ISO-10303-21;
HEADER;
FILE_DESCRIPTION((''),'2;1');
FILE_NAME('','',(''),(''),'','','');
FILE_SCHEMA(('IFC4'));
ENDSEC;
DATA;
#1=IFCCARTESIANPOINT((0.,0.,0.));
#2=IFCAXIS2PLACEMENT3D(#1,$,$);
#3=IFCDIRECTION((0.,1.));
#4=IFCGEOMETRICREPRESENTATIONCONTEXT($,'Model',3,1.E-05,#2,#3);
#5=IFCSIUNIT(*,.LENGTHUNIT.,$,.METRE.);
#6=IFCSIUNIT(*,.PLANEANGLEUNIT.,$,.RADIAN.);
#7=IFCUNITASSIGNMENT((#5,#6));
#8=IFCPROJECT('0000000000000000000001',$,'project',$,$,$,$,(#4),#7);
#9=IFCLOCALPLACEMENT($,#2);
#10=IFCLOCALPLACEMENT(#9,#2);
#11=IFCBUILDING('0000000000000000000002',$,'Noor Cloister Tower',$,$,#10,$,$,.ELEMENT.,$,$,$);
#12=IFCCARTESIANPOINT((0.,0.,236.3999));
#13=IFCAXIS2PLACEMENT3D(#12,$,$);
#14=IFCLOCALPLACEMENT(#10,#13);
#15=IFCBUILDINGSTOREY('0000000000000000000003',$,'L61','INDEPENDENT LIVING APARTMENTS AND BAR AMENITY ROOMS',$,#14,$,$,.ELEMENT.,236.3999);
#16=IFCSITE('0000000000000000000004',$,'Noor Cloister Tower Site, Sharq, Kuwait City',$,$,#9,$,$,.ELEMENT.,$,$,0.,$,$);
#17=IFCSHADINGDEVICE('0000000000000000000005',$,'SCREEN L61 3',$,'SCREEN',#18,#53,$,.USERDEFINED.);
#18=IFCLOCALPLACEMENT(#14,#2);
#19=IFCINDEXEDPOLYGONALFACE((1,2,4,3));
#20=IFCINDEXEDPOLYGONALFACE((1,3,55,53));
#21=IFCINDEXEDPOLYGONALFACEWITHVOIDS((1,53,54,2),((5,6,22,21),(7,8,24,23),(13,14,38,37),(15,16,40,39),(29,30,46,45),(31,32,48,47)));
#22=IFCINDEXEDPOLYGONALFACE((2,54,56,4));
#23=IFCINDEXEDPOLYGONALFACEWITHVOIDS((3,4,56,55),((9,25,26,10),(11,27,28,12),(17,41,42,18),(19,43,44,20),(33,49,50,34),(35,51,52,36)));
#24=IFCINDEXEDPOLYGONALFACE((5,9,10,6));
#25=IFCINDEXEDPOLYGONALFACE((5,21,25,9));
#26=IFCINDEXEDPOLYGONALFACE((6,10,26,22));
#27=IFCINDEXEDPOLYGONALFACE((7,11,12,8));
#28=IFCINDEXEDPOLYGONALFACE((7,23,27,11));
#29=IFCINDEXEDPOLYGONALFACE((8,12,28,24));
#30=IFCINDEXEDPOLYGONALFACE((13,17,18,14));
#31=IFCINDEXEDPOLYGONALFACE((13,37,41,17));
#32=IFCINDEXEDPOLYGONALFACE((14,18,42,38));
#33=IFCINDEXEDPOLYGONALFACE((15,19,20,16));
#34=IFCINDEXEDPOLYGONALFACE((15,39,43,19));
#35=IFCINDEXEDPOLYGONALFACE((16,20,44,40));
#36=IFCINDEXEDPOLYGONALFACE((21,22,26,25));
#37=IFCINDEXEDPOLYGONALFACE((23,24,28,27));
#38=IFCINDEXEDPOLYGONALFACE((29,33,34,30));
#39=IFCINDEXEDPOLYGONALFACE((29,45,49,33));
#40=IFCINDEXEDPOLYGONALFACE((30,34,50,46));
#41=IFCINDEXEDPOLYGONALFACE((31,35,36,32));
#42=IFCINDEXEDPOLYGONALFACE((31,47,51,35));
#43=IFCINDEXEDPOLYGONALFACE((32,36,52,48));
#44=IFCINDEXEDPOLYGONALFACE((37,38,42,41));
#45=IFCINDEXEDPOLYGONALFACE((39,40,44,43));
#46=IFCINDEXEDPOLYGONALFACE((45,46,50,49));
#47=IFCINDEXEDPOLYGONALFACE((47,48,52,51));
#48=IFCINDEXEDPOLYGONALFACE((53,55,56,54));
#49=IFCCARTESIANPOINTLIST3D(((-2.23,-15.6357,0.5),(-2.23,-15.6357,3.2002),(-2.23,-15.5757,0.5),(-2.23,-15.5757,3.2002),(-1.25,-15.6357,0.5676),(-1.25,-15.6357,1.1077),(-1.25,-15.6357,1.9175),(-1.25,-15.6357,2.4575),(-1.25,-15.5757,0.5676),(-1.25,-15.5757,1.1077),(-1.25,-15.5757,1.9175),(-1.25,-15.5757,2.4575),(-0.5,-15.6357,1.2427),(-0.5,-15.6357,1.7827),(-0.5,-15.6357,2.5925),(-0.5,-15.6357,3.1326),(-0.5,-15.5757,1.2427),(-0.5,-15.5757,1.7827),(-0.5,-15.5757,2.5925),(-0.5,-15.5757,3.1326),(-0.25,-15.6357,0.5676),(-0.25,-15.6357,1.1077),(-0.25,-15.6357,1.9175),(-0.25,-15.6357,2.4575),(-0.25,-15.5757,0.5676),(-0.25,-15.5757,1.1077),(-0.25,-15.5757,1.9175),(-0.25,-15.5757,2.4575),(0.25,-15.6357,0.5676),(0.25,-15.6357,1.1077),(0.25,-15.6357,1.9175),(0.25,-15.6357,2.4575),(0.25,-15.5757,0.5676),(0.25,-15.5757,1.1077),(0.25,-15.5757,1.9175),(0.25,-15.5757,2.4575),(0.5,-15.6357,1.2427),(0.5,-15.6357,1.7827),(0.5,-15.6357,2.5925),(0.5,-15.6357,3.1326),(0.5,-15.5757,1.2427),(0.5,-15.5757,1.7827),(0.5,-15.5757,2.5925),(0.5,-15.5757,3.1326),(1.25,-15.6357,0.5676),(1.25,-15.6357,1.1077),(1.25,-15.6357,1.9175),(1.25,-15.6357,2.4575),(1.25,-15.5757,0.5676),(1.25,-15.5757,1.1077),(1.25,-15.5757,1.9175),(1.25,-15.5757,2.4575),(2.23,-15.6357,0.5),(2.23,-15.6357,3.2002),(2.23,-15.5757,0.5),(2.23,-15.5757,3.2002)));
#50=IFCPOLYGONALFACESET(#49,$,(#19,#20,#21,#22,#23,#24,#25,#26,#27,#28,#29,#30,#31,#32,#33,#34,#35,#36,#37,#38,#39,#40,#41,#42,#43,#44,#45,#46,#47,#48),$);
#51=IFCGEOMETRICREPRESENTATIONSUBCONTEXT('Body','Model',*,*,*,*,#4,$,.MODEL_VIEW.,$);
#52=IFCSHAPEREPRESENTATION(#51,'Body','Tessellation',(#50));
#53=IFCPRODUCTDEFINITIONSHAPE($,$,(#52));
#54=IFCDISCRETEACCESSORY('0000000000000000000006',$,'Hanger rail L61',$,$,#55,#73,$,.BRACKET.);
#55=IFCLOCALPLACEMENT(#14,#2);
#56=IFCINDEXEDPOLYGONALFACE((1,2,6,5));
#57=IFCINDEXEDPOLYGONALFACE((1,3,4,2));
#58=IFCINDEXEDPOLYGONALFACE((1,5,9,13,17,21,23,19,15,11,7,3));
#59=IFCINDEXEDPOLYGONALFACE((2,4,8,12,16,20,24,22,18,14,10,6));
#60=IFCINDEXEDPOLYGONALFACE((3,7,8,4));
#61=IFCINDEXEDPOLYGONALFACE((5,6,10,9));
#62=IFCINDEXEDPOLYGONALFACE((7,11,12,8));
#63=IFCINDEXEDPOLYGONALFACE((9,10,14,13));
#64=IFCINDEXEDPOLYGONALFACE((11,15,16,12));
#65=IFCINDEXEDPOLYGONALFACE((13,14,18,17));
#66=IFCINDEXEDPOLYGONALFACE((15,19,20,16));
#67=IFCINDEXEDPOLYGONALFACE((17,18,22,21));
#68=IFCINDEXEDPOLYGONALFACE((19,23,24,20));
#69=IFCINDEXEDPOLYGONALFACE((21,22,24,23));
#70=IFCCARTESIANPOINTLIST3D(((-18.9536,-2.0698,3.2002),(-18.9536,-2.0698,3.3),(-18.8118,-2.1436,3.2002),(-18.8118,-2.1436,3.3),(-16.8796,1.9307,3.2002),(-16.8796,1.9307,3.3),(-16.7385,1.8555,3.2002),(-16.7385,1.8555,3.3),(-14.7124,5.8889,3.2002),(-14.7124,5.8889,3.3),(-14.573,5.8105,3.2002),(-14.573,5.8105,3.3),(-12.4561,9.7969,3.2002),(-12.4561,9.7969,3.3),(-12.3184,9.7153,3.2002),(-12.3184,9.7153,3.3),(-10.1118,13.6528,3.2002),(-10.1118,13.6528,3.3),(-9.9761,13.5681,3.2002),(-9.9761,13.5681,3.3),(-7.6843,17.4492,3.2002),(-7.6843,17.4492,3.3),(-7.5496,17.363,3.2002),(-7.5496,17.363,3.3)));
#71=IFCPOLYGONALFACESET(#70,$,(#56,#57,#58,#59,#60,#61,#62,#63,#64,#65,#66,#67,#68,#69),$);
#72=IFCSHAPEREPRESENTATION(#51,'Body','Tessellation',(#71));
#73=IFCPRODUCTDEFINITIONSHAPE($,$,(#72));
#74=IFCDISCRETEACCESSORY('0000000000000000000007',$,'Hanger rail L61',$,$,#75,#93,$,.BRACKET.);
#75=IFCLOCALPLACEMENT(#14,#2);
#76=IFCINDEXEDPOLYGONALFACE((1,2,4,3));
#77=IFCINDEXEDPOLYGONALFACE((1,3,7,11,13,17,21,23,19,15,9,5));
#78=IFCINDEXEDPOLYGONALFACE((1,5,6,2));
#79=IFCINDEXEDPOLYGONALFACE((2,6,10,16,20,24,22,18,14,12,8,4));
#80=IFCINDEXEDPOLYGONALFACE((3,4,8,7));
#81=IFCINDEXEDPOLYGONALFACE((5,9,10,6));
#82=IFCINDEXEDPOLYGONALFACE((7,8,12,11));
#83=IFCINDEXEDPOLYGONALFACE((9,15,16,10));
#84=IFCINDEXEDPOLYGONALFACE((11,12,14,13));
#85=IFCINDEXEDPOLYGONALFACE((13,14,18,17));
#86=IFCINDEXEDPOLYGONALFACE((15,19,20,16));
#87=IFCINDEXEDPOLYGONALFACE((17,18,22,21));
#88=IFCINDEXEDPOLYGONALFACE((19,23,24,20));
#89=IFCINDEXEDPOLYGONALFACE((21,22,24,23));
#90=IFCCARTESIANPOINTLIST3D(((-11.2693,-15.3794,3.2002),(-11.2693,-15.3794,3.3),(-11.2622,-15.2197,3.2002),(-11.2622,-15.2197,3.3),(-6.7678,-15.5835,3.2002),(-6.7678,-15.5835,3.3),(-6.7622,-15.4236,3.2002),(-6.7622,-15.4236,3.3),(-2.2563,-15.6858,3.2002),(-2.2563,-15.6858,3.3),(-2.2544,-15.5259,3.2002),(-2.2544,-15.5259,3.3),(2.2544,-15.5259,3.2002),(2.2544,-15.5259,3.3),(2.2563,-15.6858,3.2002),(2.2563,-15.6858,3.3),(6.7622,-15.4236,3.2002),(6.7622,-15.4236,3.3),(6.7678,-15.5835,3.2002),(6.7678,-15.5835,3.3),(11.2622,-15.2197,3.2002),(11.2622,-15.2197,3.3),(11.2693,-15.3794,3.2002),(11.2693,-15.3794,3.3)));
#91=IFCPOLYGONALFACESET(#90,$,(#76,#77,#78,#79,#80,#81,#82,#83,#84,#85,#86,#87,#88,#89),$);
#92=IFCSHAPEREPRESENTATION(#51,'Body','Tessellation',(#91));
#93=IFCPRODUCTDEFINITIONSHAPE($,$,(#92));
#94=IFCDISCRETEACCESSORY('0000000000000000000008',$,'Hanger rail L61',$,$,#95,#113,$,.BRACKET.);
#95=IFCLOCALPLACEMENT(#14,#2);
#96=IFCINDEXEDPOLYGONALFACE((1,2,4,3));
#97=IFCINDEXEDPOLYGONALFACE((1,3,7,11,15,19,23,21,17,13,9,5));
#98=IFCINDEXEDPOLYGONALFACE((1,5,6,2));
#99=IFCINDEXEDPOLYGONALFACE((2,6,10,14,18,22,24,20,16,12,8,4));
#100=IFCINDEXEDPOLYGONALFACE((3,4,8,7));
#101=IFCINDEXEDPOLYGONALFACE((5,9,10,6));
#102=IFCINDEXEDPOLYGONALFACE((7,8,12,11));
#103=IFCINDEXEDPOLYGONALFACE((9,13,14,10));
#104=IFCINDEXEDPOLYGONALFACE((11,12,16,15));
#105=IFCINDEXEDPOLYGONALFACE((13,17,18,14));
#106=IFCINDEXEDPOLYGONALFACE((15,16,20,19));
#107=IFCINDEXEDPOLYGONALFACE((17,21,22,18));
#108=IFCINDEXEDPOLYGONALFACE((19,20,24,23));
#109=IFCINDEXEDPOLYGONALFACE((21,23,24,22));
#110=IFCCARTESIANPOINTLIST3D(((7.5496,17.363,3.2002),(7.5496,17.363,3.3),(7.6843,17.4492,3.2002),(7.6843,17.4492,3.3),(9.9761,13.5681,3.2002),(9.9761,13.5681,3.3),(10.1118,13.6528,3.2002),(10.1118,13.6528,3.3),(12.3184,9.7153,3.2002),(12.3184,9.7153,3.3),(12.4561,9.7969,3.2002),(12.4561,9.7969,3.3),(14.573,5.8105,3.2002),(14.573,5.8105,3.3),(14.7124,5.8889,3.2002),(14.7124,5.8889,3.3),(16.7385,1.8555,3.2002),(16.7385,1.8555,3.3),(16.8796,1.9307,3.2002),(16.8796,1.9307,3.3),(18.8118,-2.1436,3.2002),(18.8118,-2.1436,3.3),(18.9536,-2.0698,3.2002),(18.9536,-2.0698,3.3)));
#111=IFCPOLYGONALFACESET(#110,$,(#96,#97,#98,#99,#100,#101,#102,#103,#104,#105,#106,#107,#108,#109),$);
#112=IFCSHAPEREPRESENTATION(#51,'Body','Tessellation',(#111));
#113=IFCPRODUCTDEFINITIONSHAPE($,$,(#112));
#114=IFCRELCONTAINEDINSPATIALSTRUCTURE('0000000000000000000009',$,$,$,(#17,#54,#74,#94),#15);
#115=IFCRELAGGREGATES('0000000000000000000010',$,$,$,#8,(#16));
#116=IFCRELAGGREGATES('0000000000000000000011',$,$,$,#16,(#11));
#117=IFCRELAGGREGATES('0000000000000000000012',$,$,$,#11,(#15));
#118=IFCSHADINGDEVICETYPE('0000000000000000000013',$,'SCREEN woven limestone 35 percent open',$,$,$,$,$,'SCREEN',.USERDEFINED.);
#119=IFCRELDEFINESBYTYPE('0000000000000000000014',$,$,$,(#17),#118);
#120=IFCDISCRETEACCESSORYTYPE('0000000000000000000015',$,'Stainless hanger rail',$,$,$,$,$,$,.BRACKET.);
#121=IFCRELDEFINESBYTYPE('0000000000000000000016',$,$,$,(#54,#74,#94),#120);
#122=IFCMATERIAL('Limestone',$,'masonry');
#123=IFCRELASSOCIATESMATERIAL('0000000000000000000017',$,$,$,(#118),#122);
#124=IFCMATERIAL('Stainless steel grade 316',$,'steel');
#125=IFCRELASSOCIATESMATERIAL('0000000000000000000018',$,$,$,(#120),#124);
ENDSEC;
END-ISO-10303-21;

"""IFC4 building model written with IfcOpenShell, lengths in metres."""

from ifc_helpers import new_model, si_unit, direction, frame, origin, place, context, subcontext, project, spatial, polyline, outline, extrude, material, material_profile, profile_set, type_object, element, save


model = new_model("IFC4")

# Units and contexts
model_context = context("Model", 3, precision=1e-05, world=origin(), true_north=direction((0.0, 1.0)))
body_context = subcontext(model_context, "Body", "Model", "MODEL_VIEW")
ifc_project = project(units=[si_unit("LENGTHUNIT", "METRE"), si_unit("PLANEANGLEUNIT", "RADIAN")], contexts=[model_context])

# Site, building, storey
site_placement = place(None, origin())
site = spatial("IfcSite", under=ifc_project, at=site_placement, Name="Noor Cloister Tower Site, Sharq, Kuwait City", CompositionType="ELEMENT", RefElevation=0.0)
building_placement = place(site_placement, origin())
building = spatial("IfcBuilding", under=site, at=building_placement, Name="Noor Cloister Tower", CompositionType="ELEMENT")
storey_placement = place(building_placement, frame((0.0, 0.0, 236.3999)))
storey = spatial("IfcBuildingStorey", under=building, at=storey_placement, Name="L61", Description="INDEPENDENT LIVING APARTMENTS AND BAR AMENITY ROOMS", CompositionType="ELEMENT", Elevation=236.3999)

# Shading device
ifc_material_1 = material(Name="Limestone", Category="masonry")
ifc_material_profile_1 = material_profile(ifc_material_1, outline(polyline([(-2.23, -1.3501), (2.23, -1.3501), (2.23, 1.3501), (-2.23, 1.3501), (-2.23, -1.3501)]), holes=[polyline([(-1.25, -1.2825), (-0.25, -1.2825), (-0.25, -0.7424), (-1.25, -0.7424), (-1.25, -1.2825)]), polyline([(0.25, -1.2825), (1.25, -1.2825), (1.25, -0.7424), (0.25, -0.7424), (0.25, -1.2825)]), polyline([(-0.5, -0.6074), (0.5, -0.6074), (0.5, -0.0674), (-0.5, -0.0674), (-0.5, -0.6074)]), polyline([(-1.25, 0.0674), (-0.25, 0.0674), (-0.25, 0.6074), (-1.25, 0.6074), (-1.25, 0.0674)]), polyline([(0.25, 0.0674), (1.25, 0.0674), (1.25, 0.6074), (0.25, 0.6074), (0.25, 0.0674)]), polyline([(-0.5, 0.7424), (0.5, 0.7424), (0.5, 1.2825), (-0.5, 1.2825), (-0.5, 0.7424)])]), Name="Woven screen 35 percent open")
ifc_profile_set_1 = profile_set([ifc_material_profile_1], Name="Limestone")
shading_device_type = type_object("IfcShadingDeviceType", Name="SCREEN woven limestone 35 percent open", ElementType="SCREEN", PredefinedType="USERDEFINED", material=ifc_profile_set_1)
for number, where, z_axis, x_axis, name in (
    (1, (0.0, -15.5757, 1.8501), (0.0, -1.0, 0.0), (1.0, 0.0, 0.0), "SCREEN L61 3"),
):
    element("IfcShadingDevice", number, at=place(storey_placement, frame(where, z_axis=z_axis, x_axis=x_axis)), inside=storey, type_object=shading_device_type, Name=name, ObjectType="SCREEN", PredefinedType="USERDEFINED", context=body_context, shape_type="SweptSolid", body=[
        extrude(outline(polyline([(-2.23, -1.3501), (2.23, -1.3501), (2.23, 1.3501), (-2.23, 1.3501), (-2.23, -1.3501)]), holes=[polyline([(-1.25, -1.2825), (-0.25, -1.2825), (-0.25, -0.7424), (-1.25, -0.7424), (-1.25, -1.2825)]), polyline([(0.25, -1.2825), (1.25, -1.2825), (1.25, -0.7424), (0.25, -0.7424), (0.25, -1.2825)]), polyline([(-0.5, -0.6074), (0.5, -0.6074), (0.5, -0.0674), (-0.5, -0.0674), (-0.5, -0.6074)]), polyline([(-1.25, 0.0674), (-0.25, 0.0674), (-0.25, 0.6074), (-1.25, 0.6074), (-1.25, 0.0674)]), polyline([(0.25, 0.0674), (1.25, 0.0674), (1.25, 0.6074), (0.25, 0.6074), (0.25, 0.0674)]), polyline([(-0.5, 0.7424), (0.5, 0.7424), (0.5, 1.2825), (-0.5, 1.2825), (-0.5, 0.7424)])]), origin(), (0.0, 0.0, 1.0), 0.0601),
    ])

# Discrete accessories
ifc_material_2 = material(Name="Stainless steel grade 316", Category="steel")
discrete_accessory_type = type_object("IfcDiscreteAccessoryType", Name="Stainless hanger rail", PredefinedType="BRACKET", material=ifc_material_2)
discrete_accessory_1_placement = place(storey_placement, frame((0.0, 0.0, 3.2002)))
element("IfcDiscreteAccessory", 2, at=discrete_accessory_1_placement, inside=storey, type_object=discrete_accessory_type, Name="Hanger rail L61", PredefinedType="BRACKET", context=body_context, shape_type="SweptSolid", body=[
    extrude(outline(polyline([(-7.6843, 17.4492), (-10.1118, 13.6528), (-12.4561, 9.7969), (-14.7124, 5.8889), (-16.8796, 1.9307), (-18.9536, -2.0698), (-18.8118, -2.1436), (-16.7385, 1.8555), (-14.573, 5.8105), (-12.3184, 9.7153), (-9.9761, 13.5681), (-7.5496, 17.363), (-7.6843, 17.4492)])), origin(), (0.0, 0.0, 1.0), 0.0999),
])
discrete_accessory_2_placement = place(storey_placement, frame((0.0, 0.0, 3.2002)))
element("IfcDiscreteAccessory", 3, at=discrete_accessory_2_placement, inside=storey, type_object=discrete_accessory_type, Name="Hanger rail L61", PredefinedType="BRACKET", context=body_context, shape_type="SweptSolid", body=[
    extrude(outline(polyline([(-11.2693, -15.3794), (-6.7678, -15.5835), (-2.2563, -15.6858), (2.2563, -15.6858), (6.7678, -15.5835), (11.2693, -15.3794), (11.2622, -15.2197), (6.7622, -15.4236), (2.2544, -15.5259), (-2.2544, -15.5259), (-6.7622, -15.4236), (-11.2622, -15.2197), (-11.2693, -15.3794)])), origin(), (0.0, 0.0, 1.0), 0.0999),
])
discrete_accessory_3_placement = place(storey_placement, frame((0.0, 0.0, 3.2002)))
element("IfcDiscreteAccessory", 4, at=discrete_accessory_3_placement, inside=storey, type_object=discrete_accessory_type, Name="Hanger rail L61", PredefinedType="BRACKET", context=body_context, shape_type="SweptSolid", body=[
    extrude(outline(polyline([(18.9536, -2.0698), (16.8796, 1.9307), (14.7124, 5.8889), (12.4561, 9.7969), (10.1118, 13.6528), (7.6843, 17.4492), (7.5496, 17.363), (9.9761, 13.5681), (12.3184, 9.7153), (14.573, 5.8105), (16.7385, 1.8555), (18.8118, -2.1436), (18.9536, -2.0698)])), origin(), (0.0, 0.0, 1.0), 0.0999),
])

save(model, "model.ifc")
